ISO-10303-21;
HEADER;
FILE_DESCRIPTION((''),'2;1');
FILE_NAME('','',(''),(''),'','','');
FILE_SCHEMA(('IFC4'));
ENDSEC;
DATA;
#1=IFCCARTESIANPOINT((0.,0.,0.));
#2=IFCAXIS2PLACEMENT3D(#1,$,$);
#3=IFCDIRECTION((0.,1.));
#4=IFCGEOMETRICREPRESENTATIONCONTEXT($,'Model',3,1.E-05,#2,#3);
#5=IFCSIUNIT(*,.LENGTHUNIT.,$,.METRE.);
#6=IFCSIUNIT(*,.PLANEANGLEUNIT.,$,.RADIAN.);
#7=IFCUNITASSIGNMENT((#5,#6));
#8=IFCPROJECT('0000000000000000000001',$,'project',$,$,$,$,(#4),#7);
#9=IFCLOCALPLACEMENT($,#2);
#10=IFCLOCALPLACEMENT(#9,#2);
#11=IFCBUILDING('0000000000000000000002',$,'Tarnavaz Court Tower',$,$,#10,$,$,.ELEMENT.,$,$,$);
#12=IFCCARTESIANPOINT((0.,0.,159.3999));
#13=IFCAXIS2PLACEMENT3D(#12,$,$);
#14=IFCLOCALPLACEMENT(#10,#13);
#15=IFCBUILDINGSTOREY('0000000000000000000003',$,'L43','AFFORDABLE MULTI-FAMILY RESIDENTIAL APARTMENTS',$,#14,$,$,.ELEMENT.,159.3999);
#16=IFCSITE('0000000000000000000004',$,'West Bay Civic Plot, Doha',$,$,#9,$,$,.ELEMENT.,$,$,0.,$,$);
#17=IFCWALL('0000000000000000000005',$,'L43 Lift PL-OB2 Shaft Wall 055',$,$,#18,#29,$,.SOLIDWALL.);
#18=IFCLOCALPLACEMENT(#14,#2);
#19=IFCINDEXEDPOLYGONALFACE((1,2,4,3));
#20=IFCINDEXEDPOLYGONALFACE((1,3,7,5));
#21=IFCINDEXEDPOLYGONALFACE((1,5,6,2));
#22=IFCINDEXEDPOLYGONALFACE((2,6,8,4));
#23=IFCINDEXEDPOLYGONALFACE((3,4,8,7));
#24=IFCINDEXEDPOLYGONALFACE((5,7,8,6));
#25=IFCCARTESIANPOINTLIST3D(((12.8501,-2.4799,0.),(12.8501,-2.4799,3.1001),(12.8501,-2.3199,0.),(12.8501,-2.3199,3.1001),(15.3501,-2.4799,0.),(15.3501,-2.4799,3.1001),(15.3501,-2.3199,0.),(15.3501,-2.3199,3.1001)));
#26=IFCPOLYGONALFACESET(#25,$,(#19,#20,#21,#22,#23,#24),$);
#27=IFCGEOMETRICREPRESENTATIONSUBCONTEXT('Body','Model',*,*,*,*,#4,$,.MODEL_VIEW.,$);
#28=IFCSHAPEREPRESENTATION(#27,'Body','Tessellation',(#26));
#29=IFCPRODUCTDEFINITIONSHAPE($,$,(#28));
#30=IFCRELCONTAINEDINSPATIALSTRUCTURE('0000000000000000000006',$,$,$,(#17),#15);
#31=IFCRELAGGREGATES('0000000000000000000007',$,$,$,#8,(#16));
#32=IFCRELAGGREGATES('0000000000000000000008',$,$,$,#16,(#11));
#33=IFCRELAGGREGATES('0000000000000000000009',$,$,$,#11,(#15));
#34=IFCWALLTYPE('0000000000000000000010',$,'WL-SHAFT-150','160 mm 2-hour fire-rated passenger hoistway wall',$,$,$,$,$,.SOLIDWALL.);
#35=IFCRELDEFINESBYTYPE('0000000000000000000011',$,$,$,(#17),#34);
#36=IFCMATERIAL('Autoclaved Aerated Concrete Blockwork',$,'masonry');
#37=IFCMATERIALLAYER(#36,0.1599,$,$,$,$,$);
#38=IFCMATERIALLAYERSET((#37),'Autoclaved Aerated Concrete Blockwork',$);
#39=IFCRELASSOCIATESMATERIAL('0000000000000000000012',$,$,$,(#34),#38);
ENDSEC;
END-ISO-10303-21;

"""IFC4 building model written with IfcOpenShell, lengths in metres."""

from ifc_helpers import new_model, si_unit, direction, frame, frame_2d, origin, place, context, subcontext, project, spatial, rectangle, extrude, material, layer, layer_set, type_object, element, save


model = new_model("IFC4")

# Units and contexts
model_context = context("Model", 3, precision=1e-05, world=origin(), true_north=direction((0.0, 1.0)))
body_context = subcontext(model_context, "Body", "Model", "MODEL_VIEW")
ifc_project = project(units=[si_unit("LENGTHUNIT", "METRE"), si_unit("PLANEANGLEUNIT", "RADIAN")], contexts=[model_context])

# Site, building, storey
site_placement = place(None, origin())
site = spatial("IfcSite", under=ifc_project, at=site_placement, Name="West Bay Civic Plot, Doha", CompositionType="ELEMENT", RefElevation=0.0)
building_placement = place(site_placement, origin())
building = spatial("IfcBuilding", under=site, at=building_placement, Name="Tarnavaz Court Tower", CompositionType="ELEMENT")
storey_placement = place(building_placement, frame((0.0, 0.0, 159.3999)))
storey = spatial("IfcBuildingStorey", under=building, at=storey_placement, Name="L43", Description="AFFORDABLE MULTI-FAMILY RESIDENTIAL APARTMENTS", CompositionType="ELEMENT", Elevation=159.3999)

# Wall
ifc_material_1 = material(Name="Autoclaved Aerated Concrete Blockwork", Category="masonry")
ifc_layer_1 = layer(ifc_material_1, 0.1599)
ifc_layer_set_1 = layer_set([ifc_layer_1], Name="Autoclaved Aerated Concrete Blockwork")
wall_type_1 = type_object("IfcWallType", Name="WL-SHAFT-150", Description="160 mm 2-hour fire-rated passenger hoistway wall", PredefinedType="SOLIDWALL", material=ifc_layer_set_1)
wall_1_placement = place(storey_placement, frame((12.8501, -2.3999, 0.0), z_axis=(0.0, 0.0, 1.0), x_axis=(1.0, 0.0, 0.0)))
element("IfcWall", 1, at=wall_1_placement, inside=storey, type_object=wall_type_1, Name="L43 Lift PL-OB2 Shaft Wall 055", PredefinedType="SOLIDWALL", context=body_context, shape_type="SweptSolid", body=[
    extrude(rectangle(XDim=2.5, YDim=0.1599, at=frame_2d((1.25, 0.0))), origin(), (0.0, 0.0, 1.0), 3.1001),
])

save(model, "model.ifc")
